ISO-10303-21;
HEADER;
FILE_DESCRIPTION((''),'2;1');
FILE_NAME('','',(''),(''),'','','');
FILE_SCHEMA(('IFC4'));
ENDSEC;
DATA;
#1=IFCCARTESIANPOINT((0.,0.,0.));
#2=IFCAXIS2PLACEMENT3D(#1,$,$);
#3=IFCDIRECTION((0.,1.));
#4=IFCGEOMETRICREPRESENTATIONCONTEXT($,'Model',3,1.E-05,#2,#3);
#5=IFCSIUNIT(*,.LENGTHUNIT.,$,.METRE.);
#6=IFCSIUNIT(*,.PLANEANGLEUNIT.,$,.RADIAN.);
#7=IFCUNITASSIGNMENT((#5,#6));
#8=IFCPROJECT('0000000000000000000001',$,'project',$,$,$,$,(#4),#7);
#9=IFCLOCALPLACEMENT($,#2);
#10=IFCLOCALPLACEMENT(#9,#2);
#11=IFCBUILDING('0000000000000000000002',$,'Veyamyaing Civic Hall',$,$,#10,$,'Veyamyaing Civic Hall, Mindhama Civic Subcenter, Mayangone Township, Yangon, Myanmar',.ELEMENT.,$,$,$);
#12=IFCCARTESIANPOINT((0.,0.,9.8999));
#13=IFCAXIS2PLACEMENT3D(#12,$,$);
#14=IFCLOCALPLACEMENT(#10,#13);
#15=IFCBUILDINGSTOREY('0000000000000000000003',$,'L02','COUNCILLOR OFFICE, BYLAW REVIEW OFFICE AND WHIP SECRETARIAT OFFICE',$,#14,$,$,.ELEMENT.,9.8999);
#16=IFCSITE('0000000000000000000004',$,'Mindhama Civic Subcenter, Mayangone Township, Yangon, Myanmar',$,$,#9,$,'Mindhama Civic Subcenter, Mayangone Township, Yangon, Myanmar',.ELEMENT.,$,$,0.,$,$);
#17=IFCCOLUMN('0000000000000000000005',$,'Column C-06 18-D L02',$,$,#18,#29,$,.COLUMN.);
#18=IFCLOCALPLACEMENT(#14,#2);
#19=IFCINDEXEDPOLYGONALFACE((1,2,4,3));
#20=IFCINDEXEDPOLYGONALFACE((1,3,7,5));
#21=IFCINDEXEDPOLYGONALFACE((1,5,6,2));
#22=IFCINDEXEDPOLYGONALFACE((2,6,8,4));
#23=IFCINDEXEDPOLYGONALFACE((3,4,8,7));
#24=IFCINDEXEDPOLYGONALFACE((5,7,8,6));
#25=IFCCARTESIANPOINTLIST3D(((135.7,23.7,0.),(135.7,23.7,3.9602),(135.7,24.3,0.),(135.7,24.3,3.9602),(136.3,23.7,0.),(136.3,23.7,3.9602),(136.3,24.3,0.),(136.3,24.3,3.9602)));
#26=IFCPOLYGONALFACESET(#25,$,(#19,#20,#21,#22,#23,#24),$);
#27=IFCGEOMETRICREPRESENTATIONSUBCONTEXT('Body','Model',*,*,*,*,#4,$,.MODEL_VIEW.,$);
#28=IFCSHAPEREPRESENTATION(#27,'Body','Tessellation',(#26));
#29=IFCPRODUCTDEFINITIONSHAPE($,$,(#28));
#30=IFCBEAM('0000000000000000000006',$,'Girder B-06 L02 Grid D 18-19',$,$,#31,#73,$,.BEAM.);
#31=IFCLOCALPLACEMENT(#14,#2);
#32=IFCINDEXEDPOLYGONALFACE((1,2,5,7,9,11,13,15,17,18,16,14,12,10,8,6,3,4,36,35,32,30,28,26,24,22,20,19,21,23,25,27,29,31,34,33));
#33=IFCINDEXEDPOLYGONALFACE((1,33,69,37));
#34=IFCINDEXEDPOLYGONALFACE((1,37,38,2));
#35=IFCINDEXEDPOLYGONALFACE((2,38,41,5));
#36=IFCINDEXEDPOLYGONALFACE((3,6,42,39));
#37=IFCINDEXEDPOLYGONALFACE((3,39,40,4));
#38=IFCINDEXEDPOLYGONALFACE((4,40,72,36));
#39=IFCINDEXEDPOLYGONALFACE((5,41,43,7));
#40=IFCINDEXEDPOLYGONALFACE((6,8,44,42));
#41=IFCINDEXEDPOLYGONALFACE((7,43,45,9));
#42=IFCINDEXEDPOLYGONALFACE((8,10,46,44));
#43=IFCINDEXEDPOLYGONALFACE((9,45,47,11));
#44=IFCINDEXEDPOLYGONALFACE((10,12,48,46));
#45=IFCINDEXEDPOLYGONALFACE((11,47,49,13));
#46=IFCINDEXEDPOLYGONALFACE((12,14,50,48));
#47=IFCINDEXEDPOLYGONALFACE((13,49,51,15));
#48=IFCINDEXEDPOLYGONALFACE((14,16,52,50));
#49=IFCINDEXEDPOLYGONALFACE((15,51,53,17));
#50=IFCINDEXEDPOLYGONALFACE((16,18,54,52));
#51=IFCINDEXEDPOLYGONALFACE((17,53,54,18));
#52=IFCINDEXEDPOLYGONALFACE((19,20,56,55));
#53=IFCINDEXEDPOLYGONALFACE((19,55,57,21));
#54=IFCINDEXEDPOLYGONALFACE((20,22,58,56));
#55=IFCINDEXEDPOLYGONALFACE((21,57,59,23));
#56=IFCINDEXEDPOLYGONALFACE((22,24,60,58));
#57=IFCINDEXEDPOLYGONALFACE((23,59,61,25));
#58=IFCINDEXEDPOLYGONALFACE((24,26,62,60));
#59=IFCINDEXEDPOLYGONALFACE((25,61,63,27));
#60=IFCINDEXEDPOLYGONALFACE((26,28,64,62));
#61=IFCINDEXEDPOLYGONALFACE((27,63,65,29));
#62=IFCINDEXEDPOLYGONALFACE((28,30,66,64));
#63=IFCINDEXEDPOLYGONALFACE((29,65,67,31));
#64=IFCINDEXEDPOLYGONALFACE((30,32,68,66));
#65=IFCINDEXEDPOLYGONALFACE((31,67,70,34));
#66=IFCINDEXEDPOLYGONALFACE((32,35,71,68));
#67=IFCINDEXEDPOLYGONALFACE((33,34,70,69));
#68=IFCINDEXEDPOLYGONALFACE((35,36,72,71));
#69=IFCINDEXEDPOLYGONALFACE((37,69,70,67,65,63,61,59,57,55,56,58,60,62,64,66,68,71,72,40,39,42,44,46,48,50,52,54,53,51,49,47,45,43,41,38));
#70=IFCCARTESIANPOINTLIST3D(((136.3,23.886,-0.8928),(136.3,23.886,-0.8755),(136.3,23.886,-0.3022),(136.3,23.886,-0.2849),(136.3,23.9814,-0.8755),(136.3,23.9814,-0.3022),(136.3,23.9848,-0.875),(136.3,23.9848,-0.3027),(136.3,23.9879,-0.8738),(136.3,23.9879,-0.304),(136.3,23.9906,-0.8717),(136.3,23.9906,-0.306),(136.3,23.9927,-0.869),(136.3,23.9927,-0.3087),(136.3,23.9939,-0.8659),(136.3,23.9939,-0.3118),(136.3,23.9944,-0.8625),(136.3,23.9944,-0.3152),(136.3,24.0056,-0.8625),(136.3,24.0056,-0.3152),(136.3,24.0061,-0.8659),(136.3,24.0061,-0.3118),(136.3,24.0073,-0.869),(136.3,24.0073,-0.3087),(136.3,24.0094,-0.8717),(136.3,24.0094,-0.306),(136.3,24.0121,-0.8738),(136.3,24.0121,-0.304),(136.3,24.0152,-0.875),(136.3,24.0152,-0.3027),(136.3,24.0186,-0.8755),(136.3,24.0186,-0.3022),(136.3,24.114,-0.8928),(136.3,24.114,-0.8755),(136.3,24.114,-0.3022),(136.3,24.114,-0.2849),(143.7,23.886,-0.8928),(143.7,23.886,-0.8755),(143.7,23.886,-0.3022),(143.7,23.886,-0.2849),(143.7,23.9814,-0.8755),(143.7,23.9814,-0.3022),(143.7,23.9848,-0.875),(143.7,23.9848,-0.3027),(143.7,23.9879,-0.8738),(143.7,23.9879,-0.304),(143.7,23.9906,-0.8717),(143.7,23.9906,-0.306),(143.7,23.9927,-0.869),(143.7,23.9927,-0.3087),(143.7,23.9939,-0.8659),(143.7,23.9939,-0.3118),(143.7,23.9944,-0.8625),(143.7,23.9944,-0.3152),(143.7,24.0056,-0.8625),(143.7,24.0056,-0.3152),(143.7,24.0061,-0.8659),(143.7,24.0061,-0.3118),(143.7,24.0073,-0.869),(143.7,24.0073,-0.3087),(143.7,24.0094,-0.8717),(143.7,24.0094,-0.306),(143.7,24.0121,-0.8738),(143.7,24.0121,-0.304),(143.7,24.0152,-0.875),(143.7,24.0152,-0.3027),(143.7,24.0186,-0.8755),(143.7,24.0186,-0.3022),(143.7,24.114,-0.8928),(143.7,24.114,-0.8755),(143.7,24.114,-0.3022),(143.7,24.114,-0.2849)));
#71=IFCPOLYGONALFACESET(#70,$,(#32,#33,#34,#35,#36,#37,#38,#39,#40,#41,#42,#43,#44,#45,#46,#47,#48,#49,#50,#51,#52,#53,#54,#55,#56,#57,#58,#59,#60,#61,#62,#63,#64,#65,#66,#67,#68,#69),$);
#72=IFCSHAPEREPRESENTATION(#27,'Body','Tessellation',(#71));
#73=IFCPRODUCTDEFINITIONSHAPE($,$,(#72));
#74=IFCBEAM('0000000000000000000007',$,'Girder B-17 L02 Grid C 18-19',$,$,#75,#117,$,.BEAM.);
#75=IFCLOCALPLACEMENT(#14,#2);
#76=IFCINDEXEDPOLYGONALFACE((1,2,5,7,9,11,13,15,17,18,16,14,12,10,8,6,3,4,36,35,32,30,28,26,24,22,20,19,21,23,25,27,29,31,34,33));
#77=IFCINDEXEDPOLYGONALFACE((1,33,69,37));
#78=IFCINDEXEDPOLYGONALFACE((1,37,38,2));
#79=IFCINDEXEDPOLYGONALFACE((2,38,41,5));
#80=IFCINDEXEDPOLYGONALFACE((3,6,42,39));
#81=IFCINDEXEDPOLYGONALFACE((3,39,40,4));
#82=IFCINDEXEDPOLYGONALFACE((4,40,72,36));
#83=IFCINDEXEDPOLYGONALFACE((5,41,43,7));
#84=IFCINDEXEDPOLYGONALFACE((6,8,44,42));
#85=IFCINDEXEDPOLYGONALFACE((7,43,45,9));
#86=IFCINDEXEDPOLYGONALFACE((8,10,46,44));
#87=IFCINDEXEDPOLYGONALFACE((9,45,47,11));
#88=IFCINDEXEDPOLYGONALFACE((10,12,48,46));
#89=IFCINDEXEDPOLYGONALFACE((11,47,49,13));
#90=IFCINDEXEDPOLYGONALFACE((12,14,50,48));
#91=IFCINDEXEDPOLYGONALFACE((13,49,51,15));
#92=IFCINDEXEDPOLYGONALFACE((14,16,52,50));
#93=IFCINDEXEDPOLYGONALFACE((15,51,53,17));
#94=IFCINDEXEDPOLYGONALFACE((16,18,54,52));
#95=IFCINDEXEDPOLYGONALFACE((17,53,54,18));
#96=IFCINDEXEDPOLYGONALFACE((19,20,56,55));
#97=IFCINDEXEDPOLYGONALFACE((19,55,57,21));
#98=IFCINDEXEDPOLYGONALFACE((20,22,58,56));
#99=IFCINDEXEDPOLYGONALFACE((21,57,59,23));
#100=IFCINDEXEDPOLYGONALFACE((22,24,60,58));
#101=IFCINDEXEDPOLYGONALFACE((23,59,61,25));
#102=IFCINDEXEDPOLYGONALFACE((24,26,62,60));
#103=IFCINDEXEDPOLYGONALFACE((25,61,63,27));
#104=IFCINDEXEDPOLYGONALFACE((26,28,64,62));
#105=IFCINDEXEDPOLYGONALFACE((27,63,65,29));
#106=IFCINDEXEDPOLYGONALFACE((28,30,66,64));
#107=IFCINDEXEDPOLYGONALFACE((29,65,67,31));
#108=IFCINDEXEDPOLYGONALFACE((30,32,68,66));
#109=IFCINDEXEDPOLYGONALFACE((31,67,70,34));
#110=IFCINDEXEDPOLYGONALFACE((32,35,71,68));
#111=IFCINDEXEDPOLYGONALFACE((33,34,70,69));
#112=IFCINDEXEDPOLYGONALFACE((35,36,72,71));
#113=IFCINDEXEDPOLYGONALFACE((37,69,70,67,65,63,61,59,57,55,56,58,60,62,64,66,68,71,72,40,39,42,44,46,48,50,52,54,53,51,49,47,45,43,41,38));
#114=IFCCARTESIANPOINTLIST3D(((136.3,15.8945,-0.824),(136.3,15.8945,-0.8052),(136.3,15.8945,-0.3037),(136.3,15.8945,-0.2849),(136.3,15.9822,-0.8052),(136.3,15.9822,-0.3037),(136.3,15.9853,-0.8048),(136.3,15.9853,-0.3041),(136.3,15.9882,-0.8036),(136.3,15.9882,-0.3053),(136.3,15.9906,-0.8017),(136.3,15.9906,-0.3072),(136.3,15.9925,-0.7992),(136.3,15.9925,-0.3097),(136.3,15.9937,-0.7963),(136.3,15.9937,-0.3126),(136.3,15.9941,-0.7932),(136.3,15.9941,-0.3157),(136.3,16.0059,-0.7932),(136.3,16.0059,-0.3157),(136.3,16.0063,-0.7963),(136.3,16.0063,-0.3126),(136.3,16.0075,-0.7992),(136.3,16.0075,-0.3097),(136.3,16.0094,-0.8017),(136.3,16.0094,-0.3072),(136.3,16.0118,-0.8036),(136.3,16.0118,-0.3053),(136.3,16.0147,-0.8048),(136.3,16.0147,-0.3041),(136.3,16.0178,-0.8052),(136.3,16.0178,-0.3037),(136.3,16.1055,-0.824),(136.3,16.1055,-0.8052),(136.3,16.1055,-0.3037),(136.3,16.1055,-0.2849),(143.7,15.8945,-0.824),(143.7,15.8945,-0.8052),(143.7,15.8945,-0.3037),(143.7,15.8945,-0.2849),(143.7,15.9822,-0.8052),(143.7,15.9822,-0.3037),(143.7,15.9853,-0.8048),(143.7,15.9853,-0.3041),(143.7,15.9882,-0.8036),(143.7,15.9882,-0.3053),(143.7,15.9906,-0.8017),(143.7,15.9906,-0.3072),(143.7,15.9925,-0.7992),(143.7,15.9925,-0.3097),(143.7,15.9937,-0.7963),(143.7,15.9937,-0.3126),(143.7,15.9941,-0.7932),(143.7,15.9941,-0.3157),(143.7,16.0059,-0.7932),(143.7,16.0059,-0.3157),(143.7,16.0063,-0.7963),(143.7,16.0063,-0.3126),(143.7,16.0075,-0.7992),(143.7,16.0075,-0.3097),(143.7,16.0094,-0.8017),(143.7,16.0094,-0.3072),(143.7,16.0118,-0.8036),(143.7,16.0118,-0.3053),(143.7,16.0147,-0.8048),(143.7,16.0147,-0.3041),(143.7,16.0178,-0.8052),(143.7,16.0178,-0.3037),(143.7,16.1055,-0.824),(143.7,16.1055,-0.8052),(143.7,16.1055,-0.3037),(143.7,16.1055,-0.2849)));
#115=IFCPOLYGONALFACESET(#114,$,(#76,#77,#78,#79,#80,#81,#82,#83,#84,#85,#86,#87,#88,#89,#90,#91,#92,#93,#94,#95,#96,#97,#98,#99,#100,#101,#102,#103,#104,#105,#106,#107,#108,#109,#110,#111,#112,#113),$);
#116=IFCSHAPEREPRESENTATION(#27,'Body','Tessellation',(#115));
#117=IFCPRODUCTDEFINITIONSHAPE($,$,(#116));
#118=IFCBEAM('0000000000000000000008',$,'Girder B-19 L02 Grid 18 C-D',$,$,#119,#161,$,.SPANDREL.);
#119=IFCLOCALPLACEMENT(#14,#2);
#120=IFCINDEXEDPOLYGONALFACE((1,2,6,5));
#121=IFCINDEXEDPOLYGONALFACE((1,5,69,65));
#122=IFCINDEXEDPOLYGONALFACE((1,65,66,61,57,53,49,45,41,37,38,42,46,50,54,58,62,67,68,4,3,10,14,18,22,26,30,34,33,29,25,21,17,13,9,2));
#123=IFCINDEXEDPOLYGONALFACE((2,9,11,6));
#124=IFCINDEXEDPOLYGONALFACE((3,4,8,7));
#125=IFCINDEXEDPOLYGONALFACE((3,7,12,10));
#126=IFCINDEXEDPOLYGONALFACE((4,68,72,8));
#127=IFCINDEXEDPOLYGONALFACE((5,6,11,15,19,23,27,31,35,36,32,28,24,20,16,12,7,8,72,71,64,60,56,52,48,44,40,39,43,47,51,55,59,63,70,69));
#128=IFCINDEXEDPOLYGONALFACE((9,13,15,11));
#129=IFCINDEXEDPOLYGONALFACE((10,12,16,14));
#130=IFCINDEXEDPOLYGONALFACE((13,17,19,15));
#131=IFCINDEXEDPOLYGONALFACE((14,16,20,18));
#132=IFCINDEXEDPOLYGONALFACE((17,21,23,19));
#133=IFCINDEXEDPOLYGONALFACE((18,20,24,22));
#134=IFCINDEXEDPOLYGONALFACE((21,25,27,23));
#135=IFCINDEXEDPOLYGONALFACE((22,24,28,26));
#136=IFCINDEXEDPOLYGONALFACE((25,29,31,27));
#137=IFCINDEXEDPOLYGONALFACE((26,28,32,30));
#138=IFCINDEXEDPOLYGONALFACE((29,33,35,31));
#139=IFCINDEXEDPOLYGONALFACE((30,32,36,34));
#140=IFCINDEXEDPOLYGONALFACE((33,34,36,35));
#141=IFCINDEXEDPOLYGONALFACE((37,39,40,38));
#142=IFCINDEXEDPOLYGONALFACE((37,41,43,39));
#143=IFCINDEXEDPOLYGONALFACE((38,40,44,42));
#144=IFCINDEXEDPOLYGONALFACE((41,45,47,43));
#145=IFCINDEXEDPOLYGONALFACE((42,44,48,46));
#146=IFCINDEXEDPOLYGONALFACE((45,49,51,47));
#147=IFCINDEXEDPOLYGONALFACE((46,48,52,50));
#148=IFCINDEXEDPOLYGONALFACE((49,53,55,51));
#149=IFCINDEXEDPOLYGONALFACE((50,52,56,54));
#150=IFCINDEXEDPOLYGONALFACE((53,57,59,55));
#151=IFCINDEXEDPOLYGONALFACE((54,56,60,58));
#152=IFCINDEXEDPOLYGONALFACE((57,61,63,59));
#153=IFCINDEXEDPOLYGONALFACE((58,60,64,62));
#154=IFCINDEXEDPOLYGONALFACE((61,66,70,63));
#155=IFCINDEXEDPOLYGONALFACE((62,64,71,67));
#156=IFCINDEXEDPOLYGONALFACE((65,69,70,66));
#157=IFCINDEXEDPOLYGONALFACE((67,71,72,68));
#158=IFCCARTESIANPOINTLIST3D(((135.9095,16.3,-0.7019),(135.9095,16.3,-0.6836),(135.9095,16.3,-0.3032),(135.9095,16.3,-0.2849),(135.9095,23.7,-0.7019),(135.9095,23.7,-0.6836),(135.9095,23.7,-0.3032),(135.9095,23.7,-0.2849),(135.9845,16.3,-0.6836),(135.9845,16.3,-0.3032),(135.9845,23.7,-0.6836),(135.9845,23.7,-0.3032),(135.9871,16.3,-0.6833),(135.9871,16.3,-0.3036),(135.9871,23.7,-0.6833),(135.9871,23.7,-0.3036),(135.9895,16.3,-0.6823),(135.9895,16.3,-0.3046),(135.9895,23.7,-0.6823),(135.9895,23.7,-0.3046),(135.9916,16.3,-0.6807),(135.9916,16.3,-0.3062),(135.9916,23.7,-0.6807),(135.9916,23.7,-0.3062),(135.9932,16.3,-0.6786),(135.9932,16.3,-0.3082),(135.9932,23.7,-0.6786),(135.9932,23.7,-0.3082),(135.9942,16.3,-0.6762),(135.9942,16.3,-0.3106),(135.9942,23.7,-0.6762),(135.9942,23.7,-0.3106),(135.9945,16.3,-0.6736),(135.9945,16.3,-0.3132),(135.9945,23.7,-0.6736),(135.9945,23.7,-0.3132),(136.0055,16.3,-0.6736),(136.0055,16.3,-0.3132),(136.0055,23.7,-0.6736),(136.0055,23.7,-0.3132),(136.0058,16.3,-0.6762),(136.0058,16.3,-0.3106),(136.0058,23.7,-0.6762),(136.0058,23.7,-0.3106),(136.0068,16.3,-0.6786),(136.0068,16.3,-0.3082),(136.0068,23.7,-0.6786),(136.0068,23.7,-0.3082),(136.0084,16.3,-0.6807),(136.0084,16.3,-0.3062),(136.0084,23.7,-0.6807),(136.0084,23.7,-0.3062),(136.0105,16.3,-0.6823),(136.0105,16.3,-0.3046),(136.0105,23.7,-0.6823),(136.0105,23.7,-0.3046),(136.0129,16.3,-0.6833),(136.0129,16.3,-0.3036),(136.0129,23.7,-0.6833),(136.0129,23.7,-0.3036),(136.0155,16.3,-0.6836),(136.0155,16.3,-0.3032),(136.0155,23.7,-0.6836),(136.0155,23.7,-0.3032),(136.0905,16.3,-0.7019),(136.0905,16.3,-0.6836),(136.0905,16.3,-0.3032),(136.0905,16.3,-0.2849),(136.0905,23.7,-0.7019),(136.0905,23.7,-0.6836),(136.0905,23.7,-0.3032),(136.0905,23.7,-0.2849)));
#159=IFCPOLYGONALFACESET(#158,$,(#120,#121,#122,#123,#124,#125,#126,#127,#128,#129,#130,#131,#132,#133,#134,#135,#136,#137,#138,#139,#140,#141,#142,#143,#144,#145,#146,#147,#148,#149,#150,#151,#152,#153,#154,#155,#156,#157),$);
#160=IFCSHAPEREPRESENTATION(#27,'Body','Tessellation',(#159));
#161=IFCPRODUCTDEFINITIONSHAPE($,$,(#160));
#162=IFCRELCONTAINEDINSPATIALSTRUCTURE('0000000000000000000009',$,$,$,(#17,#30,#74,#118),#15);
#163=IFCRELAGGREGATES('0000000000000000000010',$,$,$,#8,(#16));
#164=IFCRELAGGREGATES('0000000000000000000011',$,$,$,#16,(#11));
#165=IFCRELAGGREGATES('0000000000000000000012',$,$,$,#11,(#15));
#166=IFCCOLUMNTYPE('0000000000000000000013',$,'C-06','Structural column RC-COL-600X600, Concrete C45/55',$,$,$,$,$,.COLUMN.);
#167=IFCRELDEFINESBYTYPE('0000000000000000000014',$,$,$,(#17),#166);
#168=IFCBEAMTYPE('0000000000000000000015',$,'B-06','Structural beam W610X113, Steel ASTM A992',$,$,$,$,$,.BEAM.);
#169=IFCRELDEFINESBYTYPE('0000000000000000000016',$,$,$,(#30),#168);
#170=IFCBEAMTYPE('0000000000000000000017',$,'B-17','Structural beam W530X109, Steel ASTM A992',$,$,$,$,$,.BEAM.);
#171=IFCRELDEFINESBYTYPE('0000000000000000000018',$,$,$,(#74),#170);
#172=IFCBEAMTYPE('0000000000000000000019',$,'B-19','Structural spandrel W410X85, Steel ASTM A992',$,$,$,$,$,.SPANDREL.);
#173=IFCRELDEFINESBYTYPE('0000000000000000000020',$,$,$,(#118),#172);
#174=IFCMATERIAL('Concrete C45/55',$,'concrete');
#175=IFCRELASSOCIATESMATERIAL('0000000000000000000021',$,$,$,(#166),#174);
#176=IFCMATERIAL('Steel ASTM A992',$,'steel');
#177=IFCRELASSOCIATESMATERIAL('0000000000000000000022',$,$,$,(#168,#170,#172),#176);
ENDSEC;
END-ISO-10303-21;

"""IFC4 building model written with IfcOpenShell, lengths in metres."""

from ifc_helpers import new_model, si_unit, direction, frame, origin, origin_2d, place, context, subcontext, project, spatial, rectangle, i_section, extrude, material, material_profile, profile_set, type_object, element, save


model = new_model("IFC4")

# Units and contexts
model_context = context("Model", 3, precision=1e-05, world=origin(), true_north=direction((0.0, 1.0)))
body_context = subcontext(model_context, "Body", "Model", "MODEL_VIEW")
ifc_project = project(units=[si_unit("LENGTHUNIT", "METRE"), si_unit("PLANEANGLEUNIT", "RADIAN")], contexts=[model_context])

# Site, building, storey
site_placement = place(None, origin())
site = spatial("IfcSite", under=ifc_project, at=site_placement, Name="Mindhama Civic Subcenter, Mayangone Township, Yangon, Myanmar", LongName="Mindhama Civic Subcenter, Mayangone Township, Yangon, Myanmar", CompositionType="ELEMENT", RefElevation=0.0)
building_placement = place(site_placement, origin())
building = spatial("IfcBuilding", under=site, at=building_placement, Name="Veyamyaing Civic Hall", LongName="Veyamyaing Civic Hall, Mindhama Civic Subcenter, Mayangone Township, Yangon, Myanmar", CompositionType="ELEMENT")
storey_placement = place(building_placement, frame((0.0, 0.0, 9.8999)))
storey = spatial("IfcBuildingStorey", under=building, at=storey_placement, Name="L02", Description="COUNCILLOR OFFICE, BYLAW REVIEW OFFICE AND WHIP SECRETARIAT OFFICE", CompositionType="ELEMENT", Elevation=9.8999)

# Column
ifc_material_1 = material(Name="Concrete C45/55", Category="concrete")
ifc_material_profile_1 = material_profile(ifc_material_1, rectangle(XDim=0.6001, YDim=0.6001, at=origin_2d()), Name="RC-COL-600X600")
ifc_profile_set_1 = profile_set([ifc_material_profile_1], Name="Concrete C45/55")
column_type = type_object("IfcColumnType", Name="C-06", Description="Structural column RC-COL-600X600, Concrete C45/55", PredefinedType="COLUMN", material=ifc_profile_set_1)
column_placement = place(storey_placement, frame((136.0, 24.0, 0.0), z_axis=(0.0, 0.0, 1.0), x_axis=(1.0, 0.0, 0.0)))
element("IfcColumn", 1, at=column_placement, inside=storey, type_object=column_type, Name="Column C-06 18-D L02", PredefinedType="COLUMN", context=body_context, shape_type="SweptSolid", body=[
    extrude(rectangle(XDim=0.6001, YDim=0.6001, at=origin_2d()), origin(), (0.0, 0.0, 1.0), 3.9602),
])

# Beams
ifc_material_2 = material(Name="Steel ASTM A992", Category="steel")
ifc_material_profile_2 = material_profile(ifc_material_2, i_section(OverallWidth=0.228, OverallDepth=0.6079, WebThickness=0.0112, FlangeThickness=0.0173, FilletRadius=0.0129, at=origin_2d()), Name="W610X113")
ifc_profile_set_2 = profile_set([ifc_material_profile_2], Name="Steel ASTM A992")
beam_type_1 = type_object("IfcBeamType", Name="B-06", Description="Structural beam W610X113, Steel ASTM A992", PredefinedType="BEAM", material=ifc_profile_set_2)
beam_1_placement = place(storey_placement, frame((136.3, 24.0, -0.5889), z_axis=(1.0, 0.0, 0.0), x_axis=(0.0, 1.0, 0.0)))
element("IfcBeam", 2, at=beam_1_placement, inside=storey, type_object=beam_type_1, Name="Girder B-06 L02 Grid D 18-19", PredefinedType="BEAM", context=body_context, shape_type="SweptSolid", body=[
    extrude(i_section(OverallWidth=0.228, OverallDepth=0.6079, WebThickness=0.0112, FlangeThickness=0.0173, FilletRadius=0.0129, at=origin_2d()), origin(), (0.0, 0.0, 1.0), 7.3999),
])
ifc_material_profile_3 = material_profile(ifc_material_2, i_section(OverallWidth=0.2109, OverallDepth=0.5391, WebThickness=0.0117, FlangeThickness=0.0188, FilletRadius=0.012, at=origin_2d()), Name="W530X109")
ifc_profile_set_3 = profile_set([ifc_material_profile_3], Name="Steel ASTM A992")
beam_type_2 = type_object("IfcBeamType", Name="B-17", Description="Structural beam W530X109, Steel ASTM A992", PredefinedType="BEAM", material=ifc_profile_set_3)
beam_2_placement = place(storey_placement, frame((136.3, 16.0, -0.5544), z_axis=(1.0, 0.0, 0.0), x_axis=(0.0, 1.0, 0.0)))
element("IfcBeam", 3, at=beam_2_placement, inside=storey, type_object=beam_type_2, Name="Girder B-17 L02 Grid C 18-19", PredefinedType="BEAM", context=body_context, shape_type="SweptSolid", body=[
    extrude(i_section(OverallWidth=0.2109, OverallDepth=0.5391, WebThickness=0.0117, FlangeThickness=0.0188, FilletRadius=0.012, at=origin_2d()), origin(), (0.0, 0.0, 1.0), 7.3999),
])
ifc_material_profile_4 = material_profile(ifc_material_2, i_section(OverallWidth=0.1809, OverallDepth=0.417, WebThickness=0.011, FlangeThickness=0.0183, FilletRadius=0.01, at=origin_2d()), Name="W410X85")
ifc_profile_set_4 = profile_set([ifc_material_profile_4], Name="Steel ASTM A992")
beam_type_3 = type_object("IfcBeamType", Name="B-19", Description="Structural spandrel W410X85, Steel ASTM A992", PredefinedType="SPANDREL", material=ifc_profile_set_4)
beam_3_placement = place(storey_placement, frame((136.0, 16.3, -0.4934), z_axis=(0.0, 1.0, 0.0), x_axis=(-1.0, 0.0, 0.0)))
element("IfcBeam", 4, at=beam_3_placement, inside=storey, type_object=beam_type_3, Name="Girder B-19 L02 Grid 18 C-D", PredefinedType="SPANDREL", context=body_context, shape_type="SweptSolid", body=[
    extrude(i_section(OverallWidth=0.1809, OverallDepth=0.417, WebThickness=0.011, FlangeThickness=0.0183, FilletRadius=0.01, at=origin_2d()), origin(), (0.0, 0.0, 1.0), 7.3999),
])

save(model, "model.ifc")
